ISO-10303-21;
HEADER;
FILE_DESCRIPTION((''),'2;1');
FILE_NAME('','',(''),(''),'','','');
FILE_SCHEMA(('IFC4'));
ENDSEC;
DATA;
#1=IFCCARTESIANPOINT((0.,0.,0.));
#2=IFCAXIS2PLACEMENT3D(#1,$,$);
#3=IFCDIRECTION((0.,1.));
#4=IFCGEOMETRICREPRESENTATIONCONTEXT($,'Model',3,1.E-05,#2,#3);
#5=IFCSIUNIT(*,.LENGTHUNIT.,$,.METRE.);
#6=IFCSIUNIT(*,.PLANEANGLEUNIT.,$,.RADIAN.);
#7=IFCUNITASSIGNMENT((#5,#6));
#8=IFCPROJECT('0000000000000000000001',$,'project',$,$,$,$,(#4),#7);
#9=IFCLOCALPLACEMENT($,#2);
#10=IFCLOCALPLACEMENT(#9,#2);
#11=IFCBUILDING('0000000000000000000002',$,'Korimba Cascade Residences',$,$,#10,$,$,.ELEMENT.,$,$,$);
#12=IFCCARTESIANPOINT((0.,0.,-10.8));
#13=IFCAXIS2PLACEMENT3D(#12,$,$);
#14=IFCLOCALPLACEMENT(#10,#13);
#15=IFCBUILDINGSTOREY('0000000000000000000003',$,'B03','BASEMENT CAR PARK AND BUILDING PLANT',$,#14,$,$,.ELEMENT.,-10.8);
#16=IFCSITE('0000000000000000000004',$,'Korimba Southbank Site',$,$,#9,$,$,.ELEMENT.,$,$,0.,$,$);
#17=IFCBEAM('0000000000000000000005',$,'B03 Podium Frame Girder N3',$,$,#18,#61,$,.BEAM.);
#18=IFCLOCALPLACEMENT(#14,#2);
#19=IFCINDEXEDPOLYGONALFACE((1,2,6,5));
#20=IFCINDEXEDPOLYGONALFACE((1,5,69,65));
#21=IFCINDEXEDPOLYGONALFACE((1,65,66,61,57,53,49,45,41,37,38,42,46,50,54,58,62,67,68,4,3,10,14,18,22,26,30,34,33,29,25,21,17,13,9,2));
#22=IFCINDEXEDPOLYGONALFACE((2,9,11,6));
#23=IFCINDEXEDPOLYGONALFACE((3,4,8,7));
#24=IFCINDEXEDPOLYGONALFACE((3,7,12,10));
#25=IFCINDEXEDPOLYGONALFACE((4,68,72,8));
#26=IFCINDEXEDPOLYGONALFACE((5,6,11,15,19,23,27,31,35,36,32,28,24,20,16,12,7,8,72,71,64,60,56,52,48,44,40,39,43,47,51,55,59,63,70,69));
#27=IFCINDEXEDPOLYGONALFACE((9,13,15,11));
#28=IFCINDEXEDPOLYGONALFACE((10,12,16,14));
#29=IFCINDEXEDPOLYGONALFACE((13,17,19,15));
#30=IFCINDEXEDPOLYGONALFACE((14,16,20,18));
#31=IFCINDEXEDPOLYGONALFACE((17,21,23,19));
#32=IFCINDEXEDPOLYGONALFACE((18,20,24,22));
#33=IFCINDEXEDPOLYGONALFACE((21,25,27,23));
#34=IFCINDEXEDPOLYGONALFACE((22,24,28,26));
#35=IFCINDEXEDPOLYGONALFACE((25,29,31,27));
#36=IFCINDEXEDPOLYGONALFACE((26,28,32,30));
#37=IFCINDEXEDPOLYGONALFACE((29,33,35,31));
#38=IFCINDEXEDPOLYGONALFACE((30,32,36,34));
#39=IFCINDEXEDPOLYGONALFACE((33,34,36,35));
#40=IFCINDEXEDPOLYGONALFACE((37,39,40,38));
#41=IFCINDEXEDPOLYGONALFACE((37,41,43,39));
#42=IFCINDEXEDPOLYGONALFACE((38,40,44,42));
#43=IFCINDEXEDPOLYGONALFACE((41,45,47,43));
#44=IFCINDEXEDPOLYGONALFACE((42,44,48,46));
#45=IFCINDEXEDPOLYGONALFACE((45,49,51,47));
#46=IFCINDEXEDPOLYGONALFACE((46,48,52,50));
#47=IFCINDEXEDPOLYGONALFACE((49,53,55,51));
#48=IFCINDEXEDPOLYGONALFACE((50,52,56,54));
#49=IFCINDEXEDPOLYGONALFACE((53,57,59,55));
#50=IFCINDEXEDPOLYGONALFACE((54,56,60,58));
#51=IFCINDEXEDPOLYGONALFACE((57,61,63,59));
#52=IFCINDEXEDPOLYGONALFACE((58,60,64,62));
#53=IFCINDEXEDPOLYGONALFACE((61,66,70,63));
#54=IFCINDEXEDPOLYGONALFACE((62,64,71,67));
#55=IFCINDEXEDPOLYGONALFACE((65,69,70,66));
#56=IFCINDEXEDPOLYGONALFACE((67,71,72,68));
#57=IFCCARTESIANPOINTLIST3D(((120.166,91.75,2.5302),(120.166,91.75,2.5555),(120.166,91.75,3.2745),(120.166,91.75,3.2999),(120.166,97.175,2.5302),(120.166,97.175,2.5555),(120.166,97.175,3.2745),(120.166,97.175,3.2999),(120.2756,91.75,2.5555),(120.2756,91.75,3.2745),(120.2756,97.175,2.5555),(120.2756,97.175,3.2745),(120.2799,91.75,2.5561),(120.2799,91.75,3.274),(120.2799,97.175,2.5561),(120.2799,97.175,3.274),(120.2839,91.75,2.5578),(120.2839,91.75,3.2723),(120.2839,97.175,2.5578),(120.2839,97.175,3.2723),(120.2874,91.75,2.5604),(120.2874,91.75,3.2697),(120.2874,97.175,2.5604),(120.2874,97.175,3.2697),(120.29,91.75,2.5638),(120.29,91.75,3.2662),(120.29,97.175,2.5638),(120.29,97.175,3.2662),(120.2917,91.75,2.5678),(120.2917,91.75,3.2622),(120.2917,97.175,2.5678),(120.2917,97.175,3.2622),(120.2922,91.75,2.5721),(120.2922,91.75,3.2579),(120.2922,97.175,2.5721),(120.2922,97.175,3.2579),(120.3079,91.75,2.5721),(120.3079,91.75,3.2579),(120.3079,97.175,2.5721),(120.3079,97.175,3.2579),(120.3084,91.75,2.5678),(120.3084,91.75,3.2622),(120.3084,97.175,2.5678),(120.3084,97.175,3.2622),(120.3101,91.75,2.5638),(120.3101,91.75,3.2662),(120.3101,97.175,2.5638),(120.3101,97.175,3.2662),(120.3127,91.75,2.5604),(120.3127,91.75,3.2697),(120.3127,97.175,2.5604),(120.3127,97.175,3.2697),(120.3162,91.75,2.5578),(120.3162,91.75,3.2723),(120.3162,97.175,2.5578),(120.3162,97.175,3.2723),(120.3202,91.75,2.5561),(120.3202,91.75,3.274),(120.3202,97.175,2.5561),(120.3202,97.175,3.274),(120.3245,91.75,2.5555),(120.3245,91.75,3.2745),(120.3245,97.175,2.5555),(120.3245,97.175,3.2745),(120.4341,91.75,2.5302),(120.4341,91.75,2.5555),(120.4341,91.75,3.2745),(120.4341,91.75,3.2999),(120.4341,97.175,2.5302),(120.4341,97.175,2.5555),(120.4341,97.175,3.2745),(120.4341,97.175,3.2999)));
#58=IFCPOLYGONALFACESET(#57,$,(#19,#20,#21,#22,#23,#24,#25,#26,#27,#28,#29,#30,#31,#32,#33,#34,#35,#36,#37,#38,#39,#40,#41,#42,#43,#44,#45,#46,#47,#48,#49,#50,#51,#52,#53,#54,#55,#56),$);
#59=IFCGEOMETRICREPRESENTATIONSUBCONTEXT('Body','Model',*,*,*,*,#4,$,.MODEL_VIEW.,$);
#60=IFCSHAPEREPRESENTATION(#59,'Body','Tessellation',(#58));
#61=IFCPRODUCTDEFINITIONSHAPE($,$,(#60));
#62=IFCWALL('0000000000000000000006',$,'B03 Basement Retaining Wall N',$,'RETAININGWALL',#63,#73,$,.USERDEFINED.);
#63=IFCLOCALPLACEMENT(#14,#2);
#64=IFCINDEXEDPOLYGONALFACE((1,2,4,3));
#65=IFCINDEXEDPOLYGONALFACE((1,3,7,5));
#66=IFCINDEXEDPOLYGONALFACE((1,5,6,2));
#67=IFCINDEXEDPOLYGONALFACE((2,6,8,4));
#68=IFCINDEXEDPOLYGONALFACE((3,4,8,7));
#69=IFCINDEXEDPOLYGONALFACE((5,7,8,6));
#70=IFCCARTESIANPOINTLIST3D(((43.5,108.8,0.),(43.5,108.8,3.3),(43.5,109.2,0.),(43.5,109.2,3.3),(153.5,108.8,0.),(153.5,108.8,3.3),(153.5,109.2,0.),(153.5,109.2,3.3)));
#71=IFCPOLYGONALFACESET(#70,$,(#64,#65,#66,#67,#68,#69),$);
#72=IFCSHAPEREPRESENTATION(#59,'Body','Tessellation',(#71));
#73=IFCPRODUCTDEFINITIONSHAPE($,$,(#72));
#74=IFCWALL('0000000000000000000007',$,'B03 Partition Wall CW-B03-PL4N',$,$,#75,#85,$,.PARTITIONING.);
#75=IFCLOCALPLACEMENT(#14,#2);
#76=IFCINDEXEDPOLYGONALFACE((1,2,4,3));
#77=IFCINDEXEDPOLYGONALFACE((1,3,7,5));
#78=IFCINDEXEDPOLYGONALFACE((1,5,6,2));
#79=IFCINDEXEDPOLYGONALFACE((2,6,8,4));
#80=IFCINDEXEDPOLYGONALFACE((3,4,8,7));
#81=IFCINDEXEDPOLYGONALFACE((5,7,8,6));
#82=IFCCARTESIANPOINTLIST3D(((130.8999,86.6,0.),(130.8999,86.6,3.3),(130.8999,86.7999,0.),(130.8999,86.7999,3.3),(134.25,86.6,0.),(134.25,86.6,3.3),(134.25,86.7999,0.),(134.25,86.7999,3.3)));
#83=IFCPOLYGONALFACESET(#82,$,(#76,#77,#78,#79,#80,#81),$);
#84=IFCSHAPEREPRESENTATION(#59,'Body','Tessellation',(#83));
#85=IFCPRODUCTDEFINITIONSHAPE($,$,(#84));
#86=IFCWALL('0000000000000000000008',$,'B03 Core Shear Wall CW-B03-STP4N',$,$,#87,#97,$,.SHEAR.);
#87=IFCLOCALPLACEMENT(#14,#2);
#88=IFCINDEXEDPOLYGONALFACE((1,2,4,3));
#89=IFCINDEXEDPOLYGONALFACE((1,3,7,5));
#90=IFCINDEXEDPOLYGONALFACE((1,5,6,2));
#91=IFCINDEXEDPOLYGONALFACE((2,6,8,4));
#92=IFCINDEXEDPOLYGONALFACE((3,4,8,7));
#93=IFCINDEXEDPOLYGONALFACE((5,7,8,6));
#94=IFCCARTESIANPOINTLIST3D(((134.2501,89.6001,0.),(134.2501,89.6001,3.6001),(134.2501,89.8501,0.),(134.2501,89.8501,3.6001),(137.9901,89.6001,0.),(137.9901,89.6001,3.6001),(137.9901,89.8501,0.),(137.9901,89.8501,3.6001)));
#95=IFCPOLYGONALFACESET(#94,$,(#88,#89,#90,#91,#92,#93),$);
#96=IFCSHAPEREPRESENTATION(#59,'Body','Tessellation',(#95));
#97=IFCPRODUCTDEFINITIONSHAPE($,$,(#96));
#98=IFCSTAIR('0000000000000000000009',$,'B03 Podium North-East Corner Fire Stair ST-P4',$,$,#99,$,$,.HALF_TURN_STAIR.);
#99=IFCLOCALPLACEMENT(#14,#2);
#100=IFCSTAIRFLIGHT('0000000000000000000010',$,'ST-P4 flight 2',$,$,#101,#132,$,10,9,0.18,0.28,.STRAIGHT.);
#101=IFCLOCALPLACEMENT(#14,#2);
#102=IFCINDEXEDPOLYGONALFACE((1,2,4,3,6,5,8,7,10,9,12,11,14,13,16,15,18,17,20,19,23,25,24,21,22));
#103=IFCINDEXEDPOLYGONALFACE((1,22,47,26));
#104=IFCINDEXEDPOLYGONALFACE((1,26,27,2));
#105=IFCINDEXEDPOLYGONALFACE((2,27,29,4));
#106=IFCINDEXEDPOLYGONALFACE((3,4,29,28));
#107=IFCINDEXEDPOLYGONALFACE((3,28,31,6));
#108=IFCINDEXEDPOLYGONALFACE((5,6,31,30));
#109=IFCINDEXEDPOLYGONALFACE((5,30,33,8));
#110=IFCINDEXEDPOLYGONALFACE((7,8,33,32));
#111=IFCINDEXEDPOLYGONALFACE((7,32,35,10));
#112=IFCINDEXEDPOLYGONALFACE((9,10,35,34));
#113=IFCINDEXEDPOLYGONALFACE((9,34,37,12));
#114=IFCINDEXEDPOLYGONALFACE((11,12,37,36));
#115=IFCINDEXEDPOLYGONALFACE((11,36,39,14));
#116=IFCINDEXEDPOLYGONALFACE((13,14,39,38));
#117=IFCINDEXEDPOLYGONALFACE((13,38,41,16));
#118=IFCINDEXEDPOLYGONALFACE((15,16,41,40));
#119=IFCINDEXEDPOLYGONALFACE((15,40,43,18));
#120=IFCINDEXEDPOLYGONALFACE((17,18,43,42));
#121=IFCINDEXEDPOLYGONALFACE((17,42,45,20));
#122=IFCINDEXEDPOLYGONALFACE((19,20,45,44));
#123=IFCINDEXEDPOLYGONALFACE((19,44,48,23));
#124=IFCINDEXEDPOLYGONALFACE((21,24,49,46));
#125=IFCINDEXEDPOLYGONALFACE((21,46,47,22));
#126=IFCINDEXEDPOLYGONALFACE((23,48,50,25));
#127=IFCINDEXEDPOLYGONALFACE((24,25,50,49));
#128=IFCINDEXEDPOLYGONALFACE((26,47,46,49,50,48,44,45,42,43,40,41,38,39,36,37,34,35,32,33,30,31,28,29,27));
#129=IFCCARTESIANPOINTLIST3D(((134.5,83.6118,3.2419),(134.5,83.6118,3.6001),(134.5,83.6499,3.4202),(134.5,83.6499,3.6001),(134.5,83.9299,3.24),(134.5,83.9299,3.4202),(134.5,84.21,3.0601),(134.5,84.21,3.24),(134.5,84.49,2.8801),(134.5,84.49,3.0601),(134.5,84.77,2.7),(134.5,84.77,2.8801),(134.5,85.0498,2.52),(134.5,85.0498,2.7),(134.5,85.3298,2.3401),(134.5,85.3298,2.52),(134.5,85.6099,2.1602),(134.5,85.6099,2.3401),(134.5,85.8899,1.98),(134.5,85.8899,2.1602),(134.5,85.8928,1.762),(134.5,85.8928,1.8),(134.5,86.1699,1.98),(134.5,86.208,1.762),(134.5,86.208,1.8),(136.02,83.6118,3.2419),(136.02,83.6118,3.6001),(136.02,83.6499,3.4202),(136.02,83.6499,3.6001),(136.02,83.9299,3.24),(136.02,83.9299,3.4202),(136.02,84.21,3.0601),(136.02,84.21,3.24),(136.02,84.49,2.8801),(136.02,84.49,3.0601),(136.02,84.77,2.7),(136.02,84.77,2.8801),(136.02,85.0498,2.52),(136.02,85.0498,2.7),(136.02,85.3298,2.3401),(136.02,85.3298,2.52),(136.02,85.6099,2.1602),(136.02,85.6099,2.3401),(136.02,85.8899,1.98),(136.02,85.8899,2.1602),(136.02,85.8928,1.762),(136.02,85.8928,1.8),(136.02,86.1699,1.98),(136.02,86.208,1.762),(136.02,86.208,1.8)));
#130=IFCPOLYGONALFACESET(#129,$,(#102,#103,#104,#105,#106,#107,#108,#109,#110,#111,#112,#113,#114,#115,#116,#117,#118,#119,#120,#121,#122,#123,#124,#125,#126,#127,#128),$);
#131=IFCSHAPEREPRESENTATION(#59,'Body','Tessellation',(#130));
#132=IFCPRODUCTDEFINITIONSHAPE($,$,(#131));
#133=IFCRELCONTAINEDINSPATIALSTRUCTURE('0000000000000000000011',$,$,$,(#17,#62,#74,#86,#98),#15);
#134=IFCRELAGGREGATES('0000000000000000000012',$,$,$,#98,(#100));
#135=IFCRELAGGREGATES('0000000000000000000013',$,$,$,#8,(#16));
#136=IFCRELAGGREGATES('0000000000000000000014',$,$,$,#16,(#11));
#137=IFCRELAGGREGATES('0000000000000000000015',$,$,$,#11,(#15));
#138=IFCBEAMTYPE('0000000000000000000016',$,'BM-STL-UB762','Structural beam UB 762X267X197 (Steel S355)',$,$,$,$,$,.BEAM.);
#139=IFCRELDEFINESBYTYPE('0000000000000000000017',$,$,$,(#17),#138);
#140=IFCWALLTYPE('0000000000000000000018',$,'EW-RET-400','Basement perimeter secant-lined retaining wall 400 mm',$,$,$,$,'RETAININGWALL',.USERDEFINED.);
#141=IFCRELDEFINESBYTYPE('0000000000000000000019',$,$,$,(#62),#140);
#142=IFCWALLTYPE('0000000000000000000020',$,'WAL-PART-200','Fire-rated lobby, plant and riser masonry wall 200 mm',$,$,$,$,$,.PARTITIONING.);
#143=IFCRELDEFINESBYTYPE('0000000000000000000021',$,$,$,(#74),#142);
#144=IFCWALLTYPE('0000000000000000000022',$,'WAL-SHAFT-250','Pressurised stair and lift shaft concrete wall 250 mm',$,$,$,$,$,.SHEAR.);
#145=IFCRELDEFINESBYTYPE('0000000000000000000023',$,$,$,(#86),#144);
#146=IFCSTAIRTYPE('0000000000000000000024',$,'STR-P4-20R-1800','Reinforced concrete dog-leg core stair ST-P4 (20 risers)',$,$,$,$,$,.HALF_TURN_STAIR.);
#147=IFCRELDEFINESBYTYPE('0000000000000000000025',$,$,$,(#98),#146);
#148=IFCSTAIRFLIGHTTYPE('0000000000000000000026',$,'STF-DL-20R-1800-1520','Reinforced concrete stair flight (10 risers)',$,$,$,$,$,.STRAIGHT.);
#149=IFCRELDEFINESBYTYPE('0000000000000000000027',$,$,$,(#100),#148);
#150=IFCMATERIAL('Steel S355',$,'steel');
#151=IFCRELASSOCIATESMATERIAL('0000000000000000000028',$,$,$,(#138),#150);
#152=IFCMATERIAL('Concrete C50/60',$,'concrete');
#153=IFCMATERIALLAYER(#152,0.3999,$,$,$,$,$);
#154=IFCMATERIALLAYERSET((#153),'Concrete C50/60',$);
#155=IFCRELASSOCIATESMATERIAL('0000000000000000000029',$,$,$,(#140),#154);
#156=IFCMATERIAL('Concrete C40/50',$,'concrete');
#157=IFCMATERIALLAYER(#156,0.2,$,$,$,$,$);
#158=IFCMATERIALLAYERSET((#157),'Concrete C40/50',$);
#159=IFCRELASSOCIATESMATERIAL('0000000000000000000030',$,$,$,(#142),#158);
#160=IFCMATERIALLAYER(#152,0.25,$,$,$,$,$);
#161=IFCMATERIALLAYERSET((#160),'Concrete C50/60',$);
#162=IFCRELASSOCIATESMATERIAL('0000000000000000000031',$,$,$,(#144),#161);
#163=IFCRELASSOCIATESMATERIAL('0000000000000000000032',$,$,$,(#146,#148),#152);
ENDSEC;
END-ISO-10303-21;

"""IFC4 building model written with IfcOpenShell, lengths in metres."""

from ifc_helpers import new_model, si_unit, direction, frame, frame_2d, origin, origin_2d, place, context, subcontext, project, spatial, polyline, rectangle, i_section, outline, extrude, material, layer, layer_set, material_profile, profile_set, type_object, element, aggregate, save


model = new_model("IFC4")

# Units and contexts
model_context = context("Model", 3, precision=1e-05, world=origin(), true_north=direction((0.0, 1.0)))
body_context = subcontext(model_context, "Body", "Model", "MODEL_VIEW")
ifc_project = project(units=[si_unit("LENGTHUNIT", "METRE"), si_unit("PLANEANGLEUNIT", "RADIAN")], contexts=[model_context])

# Site, building, storey
site_placement = place(None, origin())
site = spatial("IfcSite", under=ifc_project, at=site_placement, Name="Korimba Southbank Site", CompositionType="ELEMENT", RefElevation=0.0)
building_placement = place(site_placement, origin())
building = spatial("IfcBuilding", under=site, at=building_placement, Name="Korimba Cascade Residences", CompositionType="ELEMENT")
storey_placement = place(building_placement, frame((0.0, 0.0, -10.8)))
storey = spatial("IfcBuildingStorey", under=building, at=storey_placement, Name="B03", Description="BASEMENT CAR PARK AND BUILDING PLANT", CompositionType="ELEMENT", Elevation=-10.8)

# Shared definitions
ifc_material_1 = material(Name="Concrete C50/60", Category="concrete")

# Beam
ifc_material_2 = material(Name="Steel S355", Category="steel")
ifc_material_profile_1 = material_profile(ifc_material_2, i_section(OverallWidth=0.2681, OverallDepth=0.7698, WebThickness=0.0156, FlangeThickness=0.0254, FilletRadius=0.0166, at=origin_2d()), Name="Steel S355")
ifc_profile_set_1 = profile_set([ifc_material_profile_1], Name="Steel S355")
beam_type_1 = type_object("IfcBeamType", Name="BM-STL-UB762", Description="Structural beam UB 762X267X197 (Steel S355)", PredefinedType="BEAM", material=ifc_profile_set_1)
beam_1_placement = place(storey_placement, frame((120.3, 91.75, 2.915), z_axis=(0.0, 1.0, 0.0), x_axis=(-1.0, 0.0, 0.0)))
element("IfcBeam", 1, at=beam_1_placement, inside=storey, type_object=beam_type_1, Name="B03 Podium Frame Girder N3", PredefinedType="BEAM", context=body_context, shape_type="SweptSolid", body=[
    extrude(i_section(OverallWidth=0.2681, OverallDepth=0.7698, WebThickness=0.0156, FlangeThickness=0.0254, FilletRadius=0.0166, at=origin_2d()), origin(), (0.0, 0.0, 1.0), 5.425),
])

# Walls
ifc_layer_1 = layer(ifc_material_1, 0.3999)
ifc_layer_set_1 = layer_set([ifc_layer_1], Name="Concrete C50/60")
wall_type_1 = type_object("IfcWallType", Name="EW-RET-400", Description="Basement perimeter secant-lined retaining wall 400 mm", ElementType="RETAININGWALL", PredefinedType="USERDEFINED", material=ifc_layer_set_1)
wall_1_placement = place(storey_placement, frame((153.5, 109.0, 0.0), z_axis=(0.0, 0.0, 1.0), x_axis=(-1.0, 0.0, 0.0)))
element("IfcWall", 2, at=wall_1_placement, inside=storey, type_object=wall_type_1, Name="B03 Basement Retaining Wall N", ObjectType="RETAININGWALL", PredefinedType="USERDEFINED", context=body_context, shape_type="SweptSolid", body=[
    extrude(rectangle(XDim=110.0, YDim=0.3999, at=frame_2d((55.0, 0.0))), origin(), (0.0, 0.0, 1.0), 3.3),
])
ifc_material_3 = material(Name="Concrete C40/50", Category="concrete")
ifc_layer_2 = layer(ifc_material_3, 0.2)
ifc_layer_set_2 = layer_set([ifc_layer_2], Name="Concrete C40/50")
wall_type_2 = type_object("IfcWallType", Name="WAL-PART-200", Description="Fire-rated lobby, plant and riser masonry wall 200 mm", PredefinedType="PARTITIONING", material=ifc_layer_set_2)
wall_2_placement = place(storey_placement, frame((130.8999, 86.7, 0.0), z_axis=(0.0, 0.0, 1.0), x_axis=(1.0, 0.0, 0.0)))
element("IfcWall", 3, at=wall_2_placement, inside=storey, type_object=wall_type_2, Name="B03 Partition Wall CW-B03-PL4N", PredefinedType="PARTITIONING", context=body_context, shape_type="SweptSolid", body=[
    extrude(rectangle(XDim=3.3501, YDim=0.2, at=frame_2d((1.675, 0.0))), origin(), (0.0, 0.0, 1.0), 3.3),
])
ifc_layer_3 = layer(ifc_material_1, 0.25)
ifc_layer_set_3 = layer_set([ifc_layer_3], Name="Concrete C50/60")
wall_type_3 = type_object("IfcWallType", Name="WAL-SHAFT-250", Description="Pressurised stair and lift shaft concrete wall 250 mm", PredefinedType="SHEAR", material=ifc_layer_set_3)
wall_3_placement = place(storey_placement, frame((134.25, 89.7251, 0.0), z_axis=(0.0, 0.0, 1.0), x_axis=(1.0, 0.0, 0.0)))
element("IfcWall", 4, at=wall_3_placement, inside=storey, type_object=wall_type_3, Name="B03 Core Shear Wall CW-B03-STP4N", PredefinedType="SHEAR", context=body_context, shape_type="SweptSolid", body=[
    extrude(rectangle(XDim=3.74, YDim=0.25, at=frame_2d((1.8701, 0.0))), origin(), (0.0, 0.0, 1.0), 3.6001),
])

# Stair, stair flight
stair_type = type_object("IfcStairType", Name="STR-P4-20R-1800", Description="Reinforced concrete dog-leg core stair ST-P4 (20 risers)", PredefinedType="HALF_TURN_STAIR", material=ifc_material_1)
stair_placement = place(storey_placement, origin())
stair = element("IfcStair", 5, at=stair_placement, inside=storey, type_object=stair_type, Name="B03 Podium North-East Corner Fire Stair ST-P4", PredefinedType="HALF_TURN_STAIR")
stair_flight_type = type_object("IfcStairFlightType", Name="STF-DL-20R-1800-1520", Description="Reinforced concrete stair flight (10 risers)", PredefinedType="STRAIGHT", material=ifc_material_1)
stair_flight_placement = place(storey_placement, frame((135.26, 86.1699, 1.8), z_axis=(0.0, 0.0, 1.0), x_axis=(0.0, -1.0, 0.0)))
stair_flight = element("IfcStairFlight", 6, at=stair_flight_placement, type_object=stair_flight_type, Name="ST-P4 flight 2", NumberOfRisers=10, NumberOfTreads=9, PredefinedType="STRAIGHT", RiserHeight=0.18, TreadLength=0.28, context=body_context, shape_type="SweptSolid", body=[
    extrude(outline(polyline([(-0.0381, 0.0), (0.0, 0.1799), (0.28, 0.1799), (0.28, 0.3601), (0.5601, 0.3601), (0.5601, 0.54), (0.8401, 0.54), (0.8401, 0.72), (1.1201, 0.72), (1.1201, 0.8999), (1.3999, 0.8999), (1.3999, 1.0801), (1.6799, 1.0801), (1.6799, 1.26), (1.96, 1.26), (1.96, 1.4399), (2.24, 1.4399), (2.24, 1.6201), (2.52, 1.6201), (2.52, 1.8), (2.5581, 1.8), (2.5581, 1.4419), (0.2771, 0.0), (0.2771, -0.0381), (-0.0381, -0.0381), (-0.0381, 0.0)])), frame((0.0, 0.76, 0.0), z_axis=(0.0, -1.0, 0.0), x_axis=(1.0, 0.0, 0.0)), (0.0, 0.0, 1.0), 1.52),
])
aggregate(stair, [stair_flight])

save(model, "model.ifc")
